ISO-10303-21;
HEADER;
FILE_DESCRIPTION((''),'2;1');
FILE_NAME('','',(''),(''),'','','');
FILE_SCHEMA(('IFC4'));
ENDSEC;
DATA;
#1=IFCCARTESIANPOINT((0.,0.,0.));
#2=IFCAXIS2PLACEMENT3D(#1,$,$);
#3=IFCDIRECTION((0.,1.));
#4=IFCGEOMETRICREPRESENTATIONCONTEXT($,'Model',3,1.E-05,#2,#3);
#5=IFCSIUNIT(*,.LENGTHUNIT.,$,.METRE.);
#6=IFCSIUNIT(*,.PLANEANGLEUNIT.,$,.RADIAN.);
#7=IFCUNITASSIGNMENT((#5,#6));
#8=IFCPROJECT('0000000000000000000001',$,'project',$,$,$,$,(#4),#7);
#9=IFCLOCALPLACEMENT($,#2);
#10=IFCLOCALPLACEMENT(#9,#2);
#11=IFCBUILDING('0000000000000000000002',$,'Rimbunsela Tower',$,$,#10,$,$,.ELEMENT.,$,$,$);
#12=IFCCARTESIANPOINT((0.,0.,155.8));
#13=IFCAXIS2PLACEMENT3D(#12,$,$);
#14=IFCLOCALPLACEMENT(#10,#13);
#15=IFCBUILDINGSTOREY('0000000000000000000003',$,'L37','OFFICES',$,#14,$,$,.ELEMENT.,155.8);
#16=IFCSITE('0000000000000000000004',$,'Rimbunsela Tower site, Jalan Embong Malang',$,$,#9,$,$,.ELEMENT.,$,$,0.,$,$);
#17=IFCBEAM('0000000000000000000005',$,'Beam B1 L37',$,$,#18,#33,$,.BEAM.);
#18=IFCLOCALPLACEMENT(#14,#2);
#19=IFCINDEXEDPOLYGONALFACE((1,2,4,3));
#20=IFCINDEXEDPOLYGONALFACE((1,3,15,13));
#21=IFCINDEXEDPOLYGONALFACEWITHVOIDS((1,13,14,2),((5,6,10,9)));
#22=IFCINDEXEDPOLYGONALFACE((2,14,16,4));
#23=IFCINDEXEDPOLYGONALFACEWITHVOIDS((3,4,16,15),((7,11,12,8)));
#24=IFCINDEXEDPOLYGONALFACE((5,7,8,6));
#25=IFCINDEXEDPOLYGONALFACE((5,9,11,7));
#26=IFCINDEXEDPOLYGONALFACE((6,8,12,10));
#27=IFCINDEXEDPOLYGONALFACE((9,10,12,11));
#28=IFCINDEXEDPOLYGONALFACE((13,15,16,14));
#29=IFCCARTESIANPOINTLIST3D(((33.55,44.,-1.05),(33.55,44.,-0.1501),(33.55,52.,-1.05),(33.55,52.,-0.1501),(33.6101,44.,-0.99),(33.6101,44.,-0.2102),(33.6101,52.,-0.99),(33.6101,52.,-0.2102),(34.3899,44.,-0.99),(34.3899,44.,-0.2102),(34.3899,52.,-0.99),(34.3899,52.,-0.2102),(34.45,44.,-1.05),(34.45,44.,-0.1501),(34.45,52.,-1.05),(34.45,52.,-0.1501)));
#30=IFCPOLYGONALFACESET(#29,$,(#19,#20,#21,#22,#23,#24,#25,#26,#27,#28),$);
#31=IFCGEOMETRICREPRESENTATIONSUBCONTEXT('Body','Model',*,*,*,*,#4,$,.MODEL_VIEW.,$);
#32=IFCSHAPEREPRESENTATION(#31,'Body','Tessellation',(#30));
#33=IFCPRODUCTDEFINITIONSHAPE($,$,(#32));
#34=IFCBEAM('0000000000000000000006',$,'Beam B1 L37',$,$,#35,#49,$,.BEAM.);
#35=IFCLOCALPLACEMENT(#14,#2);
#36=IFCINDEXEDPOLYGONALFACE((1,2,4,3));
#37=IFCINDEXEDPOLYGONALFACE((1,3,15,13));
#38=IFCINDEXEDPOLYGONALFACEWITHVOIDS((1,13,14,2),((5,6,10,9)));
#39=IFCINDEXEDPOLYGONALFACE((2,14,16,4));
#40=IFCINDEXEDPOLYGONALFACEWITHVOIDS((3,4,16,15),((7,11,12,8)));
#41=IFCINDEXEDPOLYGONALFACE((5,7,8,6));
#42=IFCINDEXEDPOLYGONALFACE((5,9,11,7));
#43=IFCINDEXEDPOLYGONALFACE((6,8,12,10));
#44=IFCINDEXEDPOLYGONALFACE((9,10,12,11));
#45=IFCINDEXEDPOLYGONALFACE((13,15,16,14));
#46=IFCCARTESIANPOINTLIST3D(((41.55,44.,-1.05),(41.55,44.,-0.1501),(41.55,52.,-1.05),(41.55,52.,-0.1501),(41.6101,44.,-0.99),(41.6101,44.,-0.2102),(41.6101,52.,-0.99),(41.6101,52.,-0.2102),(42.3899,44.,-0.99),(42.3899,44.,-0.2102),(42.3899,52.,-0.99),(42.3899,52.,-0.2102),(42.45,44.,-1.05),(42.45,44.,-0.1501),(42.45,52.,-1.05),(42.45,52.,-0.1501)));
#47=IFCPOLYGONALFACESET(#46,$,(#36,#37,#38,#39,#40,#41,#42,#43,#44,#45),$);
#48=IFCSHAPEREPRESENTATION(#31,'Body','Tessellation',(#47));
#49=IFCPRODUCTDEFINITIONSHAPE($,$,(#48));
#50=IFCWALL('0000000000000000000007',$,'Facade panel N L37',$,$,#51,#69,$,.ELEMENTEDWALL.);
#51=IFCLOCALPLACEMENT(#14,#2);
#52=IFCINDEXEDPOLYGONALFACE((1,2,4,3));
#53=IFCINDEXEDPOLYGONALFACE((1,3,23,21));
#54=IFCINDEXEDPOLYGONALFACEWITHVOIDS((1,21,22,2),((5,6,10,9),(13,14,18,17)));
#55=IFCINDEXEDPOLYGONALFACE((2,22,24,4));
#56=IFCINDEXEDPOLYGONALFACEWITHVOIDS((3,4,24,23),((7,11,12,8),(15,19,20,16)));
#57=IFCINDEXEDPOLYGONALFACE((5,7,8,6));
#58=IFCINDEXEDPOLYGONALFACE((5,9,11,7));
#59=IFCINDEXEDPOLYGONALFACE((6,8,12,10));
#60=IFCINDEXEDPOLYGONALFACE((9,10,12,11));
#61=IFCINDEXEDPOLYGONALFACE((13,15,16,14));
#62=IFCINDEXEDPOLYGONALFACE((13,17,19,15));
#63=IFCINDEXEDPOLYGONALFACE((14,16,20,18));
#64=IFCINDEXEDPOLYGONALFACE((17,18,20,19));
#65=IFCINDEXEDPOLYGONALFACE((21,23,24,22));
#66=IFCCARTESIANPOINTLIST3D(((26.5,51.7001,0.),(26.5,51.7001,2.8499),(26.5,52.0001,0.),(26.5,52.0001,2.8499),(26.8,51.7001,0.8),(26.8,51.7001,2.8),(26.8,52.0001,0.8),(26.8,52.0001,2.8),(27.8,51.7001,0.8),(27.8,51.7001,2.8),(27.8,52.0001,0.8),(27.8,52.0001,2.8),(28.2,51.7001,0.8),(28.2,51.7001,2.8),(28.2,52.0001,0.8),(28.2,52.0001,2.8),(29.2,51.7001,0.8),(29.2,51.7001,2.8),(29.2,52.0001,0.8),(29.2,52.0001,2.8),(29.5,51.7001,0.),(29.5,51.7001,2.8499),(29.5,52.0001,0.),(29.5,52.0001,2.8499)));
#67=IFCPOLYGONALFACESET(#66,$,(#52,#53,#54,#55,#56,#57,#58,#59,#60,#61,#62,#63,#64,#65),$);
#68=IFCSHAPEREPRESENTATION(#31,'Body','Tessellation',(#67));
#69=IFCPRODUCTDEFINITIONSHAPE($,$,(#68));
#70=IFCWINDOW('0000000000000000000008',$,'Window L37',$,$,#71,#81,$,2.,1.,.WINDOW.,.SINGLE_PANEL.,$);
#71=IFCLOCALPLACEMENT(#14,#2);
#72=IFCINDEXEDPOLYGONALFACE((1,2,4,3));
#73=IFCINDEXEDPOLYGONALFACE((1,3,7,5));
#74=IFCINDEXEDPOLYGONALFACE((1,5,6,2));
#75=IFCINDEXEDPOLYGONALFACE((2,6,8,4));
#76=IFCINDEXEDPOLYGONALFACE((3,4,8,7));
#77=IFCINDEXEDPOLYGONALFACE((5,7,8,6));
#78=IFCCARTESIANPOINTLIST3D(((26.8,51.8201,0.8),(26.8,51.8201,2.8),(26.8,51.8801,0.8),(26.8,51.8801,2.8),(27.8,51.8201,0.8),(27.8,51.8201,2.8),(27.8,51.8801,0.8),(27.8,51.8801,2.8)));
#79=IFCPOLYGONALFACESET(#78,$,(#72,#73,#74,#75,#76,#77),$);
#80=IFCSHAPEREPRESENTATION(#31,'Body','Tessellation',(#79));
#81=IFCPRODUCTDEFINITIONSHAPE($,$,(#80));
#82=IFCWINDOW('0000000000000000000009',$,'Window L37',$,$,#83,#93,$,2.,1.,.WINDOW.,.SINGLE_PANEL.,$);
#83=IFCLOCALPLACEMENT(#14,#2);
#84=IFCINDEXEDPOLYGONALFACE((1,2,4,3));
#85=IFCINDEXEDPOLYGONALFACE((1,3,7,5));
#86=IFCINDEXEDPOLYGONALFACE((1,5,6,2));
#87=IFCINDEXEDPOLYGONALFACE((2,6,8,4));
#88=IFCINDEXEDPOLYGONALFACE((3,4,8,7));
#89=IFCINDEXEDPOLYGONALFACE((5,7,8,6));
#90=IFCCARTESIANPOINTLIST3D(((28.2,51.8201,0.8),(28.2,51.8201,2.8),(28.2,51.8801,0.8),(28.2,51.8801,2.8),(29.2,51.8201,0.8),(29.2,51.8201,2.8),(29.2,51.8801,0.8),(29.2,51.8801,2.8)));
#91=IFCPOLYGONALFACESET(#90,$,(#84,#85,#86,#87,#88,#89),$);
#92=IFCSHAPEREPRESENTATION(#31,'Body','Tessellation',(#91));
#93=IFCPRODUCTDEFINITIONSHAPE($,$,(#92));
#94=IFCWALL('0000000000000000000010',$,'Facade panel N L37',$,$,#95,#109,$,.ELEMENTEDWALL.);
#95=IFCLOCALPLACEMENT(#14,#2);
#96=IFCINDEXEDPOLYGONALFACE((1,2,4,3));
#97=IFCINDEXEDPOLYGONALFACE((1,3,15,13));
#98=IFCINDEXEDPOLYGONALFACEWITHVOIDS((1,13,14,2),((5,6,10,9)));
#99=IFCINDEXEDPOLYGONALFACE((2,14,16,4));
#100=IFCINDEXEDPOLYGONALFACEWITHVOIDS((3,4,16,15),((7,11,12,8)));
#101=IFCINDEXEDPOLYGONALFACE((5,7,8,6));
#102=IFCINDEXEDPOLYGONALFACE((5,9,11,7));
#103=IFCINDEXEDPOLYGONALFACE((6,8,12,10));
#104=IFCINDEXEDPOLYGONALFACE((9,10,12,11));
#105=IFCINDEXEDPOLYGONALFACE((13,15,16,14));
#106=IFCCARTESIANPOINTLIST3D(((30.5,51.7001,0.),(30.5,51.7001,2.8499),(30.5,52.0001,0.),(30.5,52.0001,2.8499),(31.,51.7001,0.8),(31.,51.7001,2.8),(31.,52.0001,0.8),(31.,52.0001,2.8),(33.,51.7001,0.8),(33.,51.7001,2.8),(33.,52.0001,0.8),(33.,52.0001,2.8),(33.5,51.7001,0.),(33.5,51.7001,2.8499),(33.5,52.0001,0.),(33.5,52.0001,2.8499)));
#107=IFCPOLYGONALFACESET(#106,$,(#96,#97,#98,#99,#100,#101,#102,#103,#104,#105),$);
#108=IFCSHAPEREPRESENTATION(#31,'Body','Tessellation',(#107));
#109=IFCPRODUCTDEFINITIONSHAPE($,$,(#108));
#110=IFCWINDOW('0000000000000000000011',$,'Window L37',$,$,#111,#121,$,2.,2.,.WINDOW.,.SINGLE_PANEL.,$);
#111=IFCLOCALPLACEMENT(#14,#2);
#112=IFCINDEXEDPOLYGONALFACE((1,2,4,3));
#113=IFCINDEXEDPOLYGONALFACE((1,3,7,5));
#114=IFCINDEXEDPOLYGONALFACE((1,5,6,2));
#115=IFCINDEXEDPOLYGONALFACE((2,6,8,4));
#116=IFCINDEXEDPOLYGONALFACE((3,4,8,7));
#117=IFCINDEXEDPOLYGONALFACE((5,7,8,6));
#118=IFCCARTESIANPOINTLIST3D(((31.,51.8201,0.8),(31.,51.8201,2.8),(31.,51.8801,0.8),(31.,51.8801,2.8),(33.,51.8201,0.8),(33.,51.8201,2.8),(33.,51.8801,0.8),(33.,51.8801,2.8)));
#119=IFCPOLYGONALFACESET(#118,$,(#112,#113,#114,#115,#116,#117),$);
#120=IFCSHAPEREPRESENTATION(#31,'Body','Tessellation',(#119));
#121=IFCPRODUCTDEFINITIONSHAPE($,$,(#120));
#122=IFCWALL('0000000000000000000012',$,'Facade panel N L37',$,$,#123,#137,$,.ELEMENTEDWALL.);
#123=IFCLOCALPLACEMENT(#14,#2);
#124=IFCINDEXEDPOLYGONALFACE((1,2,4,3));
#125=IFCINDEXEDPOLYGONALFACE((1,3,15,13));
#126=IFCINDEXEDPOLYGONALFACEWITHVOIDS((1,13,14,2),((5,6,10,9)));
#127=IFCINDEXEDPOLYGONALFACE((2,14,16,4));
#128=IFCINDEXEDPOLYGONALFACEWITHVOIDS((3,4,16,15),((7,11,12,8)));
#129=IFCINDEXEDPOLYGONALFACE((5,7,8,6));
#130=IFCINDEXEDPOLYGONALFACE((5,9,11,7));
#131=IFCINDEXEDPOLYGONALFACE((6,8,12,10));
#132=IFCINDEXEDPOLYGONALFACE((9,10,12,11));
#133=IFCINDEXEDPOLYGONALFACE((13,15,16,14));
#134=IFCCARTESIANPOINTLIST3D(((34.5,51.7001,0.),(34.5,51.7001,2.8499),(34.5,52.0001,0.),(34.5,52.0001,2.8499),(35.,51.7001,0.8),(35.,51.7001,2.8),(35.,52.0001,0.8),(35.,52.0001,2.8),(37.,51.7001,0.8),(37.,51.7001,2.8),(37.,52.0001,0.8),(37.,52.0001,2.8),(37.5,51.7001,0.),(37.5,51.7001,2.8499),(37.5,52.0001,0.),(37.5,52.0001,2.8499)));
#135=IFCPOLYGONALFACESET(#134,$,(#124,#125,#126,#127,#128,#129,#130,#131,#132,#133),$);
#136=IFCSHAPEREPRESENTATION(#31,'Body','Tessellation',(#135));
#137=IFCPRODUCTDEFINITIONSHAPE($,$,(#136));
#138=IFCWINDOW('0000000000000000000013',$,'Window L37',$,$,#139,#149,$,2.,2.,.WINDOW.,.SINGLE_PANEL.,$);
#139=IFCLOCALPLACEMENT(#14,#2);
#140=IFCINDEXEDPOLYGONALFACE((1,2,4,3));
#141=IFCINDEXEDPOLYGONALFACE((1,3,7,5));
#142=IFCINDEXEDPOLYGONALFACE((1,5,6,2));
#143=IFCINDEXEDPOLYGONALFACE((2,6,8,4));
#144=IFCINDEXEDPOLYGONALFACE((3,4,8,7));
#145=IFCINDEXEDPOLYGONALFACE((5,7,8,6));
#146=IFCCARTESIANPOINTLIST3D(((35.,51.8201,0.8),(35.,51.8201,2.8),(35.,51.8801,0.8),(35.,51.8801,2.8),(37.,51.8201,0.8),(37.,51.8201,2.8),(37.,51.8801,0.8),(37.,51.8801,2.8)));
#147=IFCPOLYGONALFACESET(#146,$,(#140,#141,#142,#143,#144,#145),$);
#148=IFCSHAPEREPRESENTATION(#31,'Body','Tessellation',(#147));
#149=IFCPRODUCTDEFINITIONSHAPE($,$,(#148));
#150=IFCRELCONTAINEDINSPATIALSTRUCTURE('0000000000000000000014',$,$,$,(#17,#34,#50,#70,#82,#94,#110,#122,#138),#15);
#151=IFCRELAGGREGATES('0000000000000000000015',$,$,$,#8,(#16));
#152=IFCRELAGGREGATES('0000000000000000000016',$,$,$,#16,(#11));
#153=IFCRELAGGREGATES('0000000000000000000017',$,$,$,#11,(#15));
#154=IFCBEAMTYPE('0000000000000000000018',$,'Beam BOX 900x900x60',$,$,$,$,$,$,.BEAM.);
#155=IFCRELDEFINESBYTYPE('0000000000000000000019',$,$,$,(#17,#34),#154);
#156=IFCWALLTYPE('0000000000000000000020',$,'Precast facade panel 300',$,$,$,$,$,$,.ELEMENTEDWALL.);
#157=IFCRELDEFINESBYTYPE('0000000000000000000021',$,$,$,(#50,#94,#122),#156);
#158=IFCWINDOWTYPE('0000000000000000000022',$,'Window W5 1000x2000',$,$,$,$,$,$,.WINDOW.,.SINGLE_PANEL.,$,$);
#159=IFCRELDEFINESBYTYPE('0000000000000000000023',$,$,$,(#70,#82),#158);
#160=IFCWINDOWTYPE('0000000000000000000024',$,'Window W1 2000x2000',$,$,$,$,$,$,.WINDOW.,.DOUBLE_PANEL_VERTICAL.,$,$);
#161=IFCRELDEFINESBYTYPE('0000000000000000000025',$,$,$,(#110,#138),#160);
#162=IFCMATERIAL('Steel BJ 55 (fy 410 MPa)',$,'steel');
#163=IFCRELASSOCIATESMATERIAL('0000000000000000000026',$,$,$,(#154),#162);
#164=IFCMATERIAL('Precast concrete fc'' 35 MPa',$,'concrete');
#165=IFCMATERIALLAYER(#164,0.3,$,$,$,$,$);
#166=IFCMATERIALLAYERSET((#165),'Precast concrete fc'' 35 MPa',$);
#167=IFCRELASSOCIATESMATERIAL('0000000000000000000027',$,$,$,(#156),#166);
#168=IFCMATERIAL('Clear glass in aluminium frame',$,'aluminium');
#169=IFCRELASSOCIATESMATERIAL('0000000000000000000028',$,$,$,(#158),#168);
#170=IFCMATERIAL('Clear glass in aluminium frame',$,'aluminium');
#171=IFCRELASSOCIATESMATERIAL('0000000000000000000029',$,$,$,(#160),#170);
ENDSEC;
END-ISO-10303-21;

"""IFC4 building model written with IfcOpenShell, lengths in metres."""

from ifc_helpers import new_model, si_unit, direction, frame, frame_2d, origin, origin_2d, place, context, subcontext, project, spatial, rectangle, hollow_rectangle, extrude, material, layer, layer_set, material_profile, profile_set, type_object, element, fill, save


model = new_model("IFC4")

# Units and contexts
model_context = context("Model", 3, precision=1e-05, world=origin(), true_north=direction((0.0, 1.0)))
body_context = subcontext(model_context, "Body", "Model", "MODEL_VIEW")
ifc_project = project(units=[si_unit("LENGTHUNIT", "METRE"), si_unit("PLANEANGLEUNIT", "RADIAN")], contexts=[model_context])

# Site, building, storey
site_placement = place(None, origin())
site = spatial("IfcSite", under=ifc_project, at=site_placement, Name="Rimbunsela Tower site, Jalan Embong Malang", CompositionType="ELEMENT", RefElevation=0.0)
building_placement = place(site_placement, origin())
building = spatial("IfcBuilding", under=site, at=building_placement, Name="Rimbunsela Tower", CompositionType="ELEMENT")
storey_placement = place(building_placement, frame((0.0, 0.0, 155.8)))
storey = spatial("IfcBuildingStorey", under=building, at=storey_placement, Name="L37", Description="OFFICES", CompositionType="ELEMENT", Elevation=155.8)

# Beams
ifc_material_1 = material(Name="Steel BJ 55 (fy 410 MPa)", Category="steel")
ifc_material_profile_1 = material_profile(ifc_material_1, hollow_rectangle(XDim=0.8999, YDim=0.8999, WallThickness=0.0601, at=origin_2d()), Name="BOX 900x900x60")
ifc_profile_set_1 = profile_set([ifc_material_profile_1], Name="Steel BJ 55 (fy 410 MPa)")
beam_type_1 = type_object("IfcBeamType", Name="Beam BOX 900x900x60", PredefinedType="BEAM", material=ifc_profile_set_1)
for number, where, z_axis, x_axis, name in (
    (1, (34.0, 44.0, -0.6001), (0.0, 1.0, 0.0), (-1.0, 0.0, 0.0), "Beam B1 L37"),
    (2, (42.0, 44.0, -0.6001), (0.0, 1.0, 0.0), (-1.0, 0.0, 0.0), "Beam B1 L37"),
):
    element("IfcBeam", number, at=place(storey_placement, frame(where, z_axis=z_axis, x_axis=x_axis)), inside=storey, type_object=beam_type_1, Name=name, PredefinedType="BEAM", context=body_context, shape_type="SweptSolid", body=[
        extrude(hollow_rectangle(XDim=0.8999, YDim=0.8999, WallThickness=0.0601, at=origin_2d()), origin(), (0.0, 0.0, 1.0), 8.0),
    ])

# Wall, openings, windows
ifc_material_2 = material(Name="Precast concrete fc' 35 MPa", Category="concrete")
ifc_layer_1 = layer(ifc_material_2, 0.3)
ifc_layer_set_1 = layer_set([ifc_layer_1], Name="Precast concrete fc' 35 MPa")
wall_type_1 = type_object("IfcWallType", Name="Precast facade panel 300", PredefinedType="ELEMENTEDWALL", material=ifc_layer_set_1)
wall_1_placement = place(storey_placement, frame((29.5, 51.8501, 0.0), z_axis=(0.0, 0.0, 1.0), x_axis=(-1.0, 0.0, 0.0)))
wall_1 = element("IfcWall", 3, at=wall_1_placement, inside=storey, type_object=wall_type_1, Name="Facade panel N L37", PredefinedType="ELEMENTEDWALL", context=body_context, shape_type="SweptSolid", body=[
    extrude(rectangle(XDim=3.0, YDim=0.3, at=frame_2d((1.5, 0.0))), origin(), (0.0, 0.0, 1.0), 2.8499),
])
opening_1_placement = place(wall_1_placement, frame((1.7, 0.0, 0.8)))
opening_1 = element("IfcOpeningElement", 4, at=opening_1_placement, cuts=wall_1, PredefinedType="OPENING", context=body_context, shape_type="SweptSolid", body=[
    extrude(rectangle(XDim=1.0, YDim=2.0, at=frame_2d((0.5, 1.0))), frame((0.0, 0.1599, 0.0), z_axis=(0.0, -1.0, 0.0), x_axis=(1.0, 0.0, 0.0)), (0.0, 0.0, 1.0), 0.3201),
])
opening_2_placement = place(wall_1_placement, frame((0.3, 0.0, 0.8)))
opening_2 = element("IfcOpeningElement", 5, at=opening_2_placement, cuts=wall_1, PredefinedType="OPENING", context=body_context, shape_type="SweptSolid", body=[
    extrude(rectangle(XDim=1.0, YDim=2.0, at=frame_2d((0.5, 1.0))), frame((0.0, 0.1599, 0.0), z_axis=(0.0, -1.0, 0.0), x_axis=(1.0, 0.0, 0.0)), (0.0, 0.0, 1.0), 0.3201),
])
ifc_material_3 = material(Name="Clear glass in aluminium frame", Category="aluminium")
window_type_1 = type_object("IfcWindowType", Name="Window W5 1000x2000", PartitioningType="SINGLE_PANEL", PredefinedType="WINDOW", material=ifc_material_3)
window_1_placement = place(opening_1_placement, origin())
window_1 = element("IfcWindow", 6, at=window_1_placement, inside=storey, type_object=window_type_1, Name="Window L37", OverallHeight=2.0, OverallWidth=1.0, PartitioningType="SINGLE_PANEL", PredefinedType="WINDOW", context=body_context, shape_type="SweptSolid", body=[
    extrude(rectangle(XDim=1.0, YDim=2.0, at=frame_2d((0.5, 1.0))), frame((0.0, 0.03, 0.0), z_axis=(0.0, -1.0, 0.0), x_axis=(1.0, 0.0, 0.0)), (0.0, 0.0, 1.0), 0.0601),
])
fill(opening_1, window_1)
window_2_placement = place(opening_2_placement, origin())
window_2 = element("IfcWindow", 7, at=window_2_placement, inside=storey, type_object=window_type_1, Name="Window L37", OverallHeight=2.0, OverallWidth=1.0, PartitioningType="SINGLE_PANEL", PredefinedType="WINDOW", context=body_context, shape_type="SweptSolid", body=[
    extrude(rectangle(XDim=1.0, YDim=2.0, at=frame_2d((0.5, 1.0))), frame((0.0, 0.03, 0.0), z_axis=(0.0, -1.0, 0.0), x_axis=(1.0, 0.0, 0.0)), (0.0, 0.0, 1.0), 0.0601),
])
fill(opening_2, window_2)

# Walls, openings, windows
wall_2_placement = place(storey_placement, frame((33.5, 51.8501, 0.0), z_axis=(0.0, 0.0, 1.0), x_axis=(-1.0, 0.0, 0.0)))
wall_2 = element("IfcWall", 8, at=wall_2_placement, inside=storey, type_object=wall_type_1, Name="Facade panel N L37", PredefinedType="ELEMENTEDWALL", context=body_context, shape_type="SweptSolid", body=[
    extrude(rectangle(XDim=3.0, YDim=0.3, at=frame_2d((1.5, 0.0))), origin(), (0.0, 0.0, 1.0), 2.8499),
])
opening_3_placement = place(wall_2_placement, frame((0.5, 0.0, 0.8)))
opening_3 = element("IfcOpeningElement", 9, at=opening_3_placement, cuts=wall_2, PredefinedType="OPENING", context=body_context, shape_type="SweptSolid", body=[
    extrude(rectangle(XDim=2.0, YDim=2.0, at=frame_2d((1.0, 1.0))), frame((0.0, 0.1599, 0.0), z_axis=(0.0, -1.0, 0.0), x_axis=(1.0, 0.0, 0.0)), (0.0, 0.0, 1.0), 0.3201),
])
ifc_material_4 = material(Name="Clear glass in aluminium frame", Category="aluminium")
window_type_2 = type_object("IfcWindowType", Name="Window W1 2000x2000", PartitioningType="DOUBLE_PANEL_VERTICAL", PredefinedType="WINDOW", material=ifc_material_4)
window_3_placement = place(opening_3_placement, origin())
window_3 = element("IfcWindow", 10, at=window_3_placement, inside=storey, type_object=window_type_2, Name="Window L37", OverallHeight=2.0, OverallWidth=2.0, PartitioningType="SINGLE_PANEL", PredefinedType="WINDOW", context=body_context, shape_type="SweptSolid", body=[
    extrude(rectangle(XDim=2.0, YDim=2.0, at=frame_2d((1.0, 1.0))), frame((0.0, 0.03, 0.0), z_axis=(0.0, -1.0, 0.0), x_axis=(1.0, 0.0, 0.0)), (0.0, 0.0, 1.0), 0.0601),
])
fill(opening_3, window_3)
wall_3_placement = place(storey_placement, frame((37.5, 51.8501, 0.0), z_axis=(0.0, 0.0, 1.0), x_axis=(-1.0, 0.0, 0.0)))
wall_3 = element("IfcWall", 11, at=wall_3_placement, inside=storey, type_object=wall_type_1, Name="Facade panel N L37", PredefinedType="ELEMENTEDWALL", context=body_context, shape_type="SweptSolid", body=[
    extrude(rectangle(XDim=3.0, YDim=0.3, at=frame_2d((1.5, 0.0))), origin(), (0.0, 0.0, 1.0), 2.8499),
])
opening_4_placement = place(wall_3_placement, frame((0.5, 0.0, 0.8)))
opening_4 = element("IfcOpeningElement", 12, at=opening_4_placement, cuts=wall_3, PredefinedType="OPENING", context=body_context, shape_type="SweptSolid", body=[
    extrude(rectangle(XDim=2.0, YDim=2.0, at=frame_2d((1.0, 1.0))), frame((0.0, 0.1599, 0.0), z_axis=(0.0, -1.0, 0.0), x_axis=(1.0, 0.0, 0.0)), (0.0, 0.0, 1.0), 0.3201),
])
window_4_placement = place(opening_4_placement, origin())
window_4 = element("IfcWindow", 13, at=window_4_placement, inside=storey, type_object=window_type_2, Name="Window L37", OverallHeight=2.0, OverallWidth=2.0, PartitioningType="SINGLE_PANEL", PredefinedType="WINDOW", context=body_context, shape_type="SweptSolid", body=[
    extrude(rectangle(XDim=2.0, YDim=2.0, at=frame_2d((1.0, 1.0))), frame((0.0, 0.03, 0.0), z_axis=(0.0, -1.0, 0.0), x_axis=(1.0, 0.0, 0.0)), (0.0, 0.0, 1.0), 0.0601),
])
fill(opening_4, window_4)

save(model, "model.ifc")
